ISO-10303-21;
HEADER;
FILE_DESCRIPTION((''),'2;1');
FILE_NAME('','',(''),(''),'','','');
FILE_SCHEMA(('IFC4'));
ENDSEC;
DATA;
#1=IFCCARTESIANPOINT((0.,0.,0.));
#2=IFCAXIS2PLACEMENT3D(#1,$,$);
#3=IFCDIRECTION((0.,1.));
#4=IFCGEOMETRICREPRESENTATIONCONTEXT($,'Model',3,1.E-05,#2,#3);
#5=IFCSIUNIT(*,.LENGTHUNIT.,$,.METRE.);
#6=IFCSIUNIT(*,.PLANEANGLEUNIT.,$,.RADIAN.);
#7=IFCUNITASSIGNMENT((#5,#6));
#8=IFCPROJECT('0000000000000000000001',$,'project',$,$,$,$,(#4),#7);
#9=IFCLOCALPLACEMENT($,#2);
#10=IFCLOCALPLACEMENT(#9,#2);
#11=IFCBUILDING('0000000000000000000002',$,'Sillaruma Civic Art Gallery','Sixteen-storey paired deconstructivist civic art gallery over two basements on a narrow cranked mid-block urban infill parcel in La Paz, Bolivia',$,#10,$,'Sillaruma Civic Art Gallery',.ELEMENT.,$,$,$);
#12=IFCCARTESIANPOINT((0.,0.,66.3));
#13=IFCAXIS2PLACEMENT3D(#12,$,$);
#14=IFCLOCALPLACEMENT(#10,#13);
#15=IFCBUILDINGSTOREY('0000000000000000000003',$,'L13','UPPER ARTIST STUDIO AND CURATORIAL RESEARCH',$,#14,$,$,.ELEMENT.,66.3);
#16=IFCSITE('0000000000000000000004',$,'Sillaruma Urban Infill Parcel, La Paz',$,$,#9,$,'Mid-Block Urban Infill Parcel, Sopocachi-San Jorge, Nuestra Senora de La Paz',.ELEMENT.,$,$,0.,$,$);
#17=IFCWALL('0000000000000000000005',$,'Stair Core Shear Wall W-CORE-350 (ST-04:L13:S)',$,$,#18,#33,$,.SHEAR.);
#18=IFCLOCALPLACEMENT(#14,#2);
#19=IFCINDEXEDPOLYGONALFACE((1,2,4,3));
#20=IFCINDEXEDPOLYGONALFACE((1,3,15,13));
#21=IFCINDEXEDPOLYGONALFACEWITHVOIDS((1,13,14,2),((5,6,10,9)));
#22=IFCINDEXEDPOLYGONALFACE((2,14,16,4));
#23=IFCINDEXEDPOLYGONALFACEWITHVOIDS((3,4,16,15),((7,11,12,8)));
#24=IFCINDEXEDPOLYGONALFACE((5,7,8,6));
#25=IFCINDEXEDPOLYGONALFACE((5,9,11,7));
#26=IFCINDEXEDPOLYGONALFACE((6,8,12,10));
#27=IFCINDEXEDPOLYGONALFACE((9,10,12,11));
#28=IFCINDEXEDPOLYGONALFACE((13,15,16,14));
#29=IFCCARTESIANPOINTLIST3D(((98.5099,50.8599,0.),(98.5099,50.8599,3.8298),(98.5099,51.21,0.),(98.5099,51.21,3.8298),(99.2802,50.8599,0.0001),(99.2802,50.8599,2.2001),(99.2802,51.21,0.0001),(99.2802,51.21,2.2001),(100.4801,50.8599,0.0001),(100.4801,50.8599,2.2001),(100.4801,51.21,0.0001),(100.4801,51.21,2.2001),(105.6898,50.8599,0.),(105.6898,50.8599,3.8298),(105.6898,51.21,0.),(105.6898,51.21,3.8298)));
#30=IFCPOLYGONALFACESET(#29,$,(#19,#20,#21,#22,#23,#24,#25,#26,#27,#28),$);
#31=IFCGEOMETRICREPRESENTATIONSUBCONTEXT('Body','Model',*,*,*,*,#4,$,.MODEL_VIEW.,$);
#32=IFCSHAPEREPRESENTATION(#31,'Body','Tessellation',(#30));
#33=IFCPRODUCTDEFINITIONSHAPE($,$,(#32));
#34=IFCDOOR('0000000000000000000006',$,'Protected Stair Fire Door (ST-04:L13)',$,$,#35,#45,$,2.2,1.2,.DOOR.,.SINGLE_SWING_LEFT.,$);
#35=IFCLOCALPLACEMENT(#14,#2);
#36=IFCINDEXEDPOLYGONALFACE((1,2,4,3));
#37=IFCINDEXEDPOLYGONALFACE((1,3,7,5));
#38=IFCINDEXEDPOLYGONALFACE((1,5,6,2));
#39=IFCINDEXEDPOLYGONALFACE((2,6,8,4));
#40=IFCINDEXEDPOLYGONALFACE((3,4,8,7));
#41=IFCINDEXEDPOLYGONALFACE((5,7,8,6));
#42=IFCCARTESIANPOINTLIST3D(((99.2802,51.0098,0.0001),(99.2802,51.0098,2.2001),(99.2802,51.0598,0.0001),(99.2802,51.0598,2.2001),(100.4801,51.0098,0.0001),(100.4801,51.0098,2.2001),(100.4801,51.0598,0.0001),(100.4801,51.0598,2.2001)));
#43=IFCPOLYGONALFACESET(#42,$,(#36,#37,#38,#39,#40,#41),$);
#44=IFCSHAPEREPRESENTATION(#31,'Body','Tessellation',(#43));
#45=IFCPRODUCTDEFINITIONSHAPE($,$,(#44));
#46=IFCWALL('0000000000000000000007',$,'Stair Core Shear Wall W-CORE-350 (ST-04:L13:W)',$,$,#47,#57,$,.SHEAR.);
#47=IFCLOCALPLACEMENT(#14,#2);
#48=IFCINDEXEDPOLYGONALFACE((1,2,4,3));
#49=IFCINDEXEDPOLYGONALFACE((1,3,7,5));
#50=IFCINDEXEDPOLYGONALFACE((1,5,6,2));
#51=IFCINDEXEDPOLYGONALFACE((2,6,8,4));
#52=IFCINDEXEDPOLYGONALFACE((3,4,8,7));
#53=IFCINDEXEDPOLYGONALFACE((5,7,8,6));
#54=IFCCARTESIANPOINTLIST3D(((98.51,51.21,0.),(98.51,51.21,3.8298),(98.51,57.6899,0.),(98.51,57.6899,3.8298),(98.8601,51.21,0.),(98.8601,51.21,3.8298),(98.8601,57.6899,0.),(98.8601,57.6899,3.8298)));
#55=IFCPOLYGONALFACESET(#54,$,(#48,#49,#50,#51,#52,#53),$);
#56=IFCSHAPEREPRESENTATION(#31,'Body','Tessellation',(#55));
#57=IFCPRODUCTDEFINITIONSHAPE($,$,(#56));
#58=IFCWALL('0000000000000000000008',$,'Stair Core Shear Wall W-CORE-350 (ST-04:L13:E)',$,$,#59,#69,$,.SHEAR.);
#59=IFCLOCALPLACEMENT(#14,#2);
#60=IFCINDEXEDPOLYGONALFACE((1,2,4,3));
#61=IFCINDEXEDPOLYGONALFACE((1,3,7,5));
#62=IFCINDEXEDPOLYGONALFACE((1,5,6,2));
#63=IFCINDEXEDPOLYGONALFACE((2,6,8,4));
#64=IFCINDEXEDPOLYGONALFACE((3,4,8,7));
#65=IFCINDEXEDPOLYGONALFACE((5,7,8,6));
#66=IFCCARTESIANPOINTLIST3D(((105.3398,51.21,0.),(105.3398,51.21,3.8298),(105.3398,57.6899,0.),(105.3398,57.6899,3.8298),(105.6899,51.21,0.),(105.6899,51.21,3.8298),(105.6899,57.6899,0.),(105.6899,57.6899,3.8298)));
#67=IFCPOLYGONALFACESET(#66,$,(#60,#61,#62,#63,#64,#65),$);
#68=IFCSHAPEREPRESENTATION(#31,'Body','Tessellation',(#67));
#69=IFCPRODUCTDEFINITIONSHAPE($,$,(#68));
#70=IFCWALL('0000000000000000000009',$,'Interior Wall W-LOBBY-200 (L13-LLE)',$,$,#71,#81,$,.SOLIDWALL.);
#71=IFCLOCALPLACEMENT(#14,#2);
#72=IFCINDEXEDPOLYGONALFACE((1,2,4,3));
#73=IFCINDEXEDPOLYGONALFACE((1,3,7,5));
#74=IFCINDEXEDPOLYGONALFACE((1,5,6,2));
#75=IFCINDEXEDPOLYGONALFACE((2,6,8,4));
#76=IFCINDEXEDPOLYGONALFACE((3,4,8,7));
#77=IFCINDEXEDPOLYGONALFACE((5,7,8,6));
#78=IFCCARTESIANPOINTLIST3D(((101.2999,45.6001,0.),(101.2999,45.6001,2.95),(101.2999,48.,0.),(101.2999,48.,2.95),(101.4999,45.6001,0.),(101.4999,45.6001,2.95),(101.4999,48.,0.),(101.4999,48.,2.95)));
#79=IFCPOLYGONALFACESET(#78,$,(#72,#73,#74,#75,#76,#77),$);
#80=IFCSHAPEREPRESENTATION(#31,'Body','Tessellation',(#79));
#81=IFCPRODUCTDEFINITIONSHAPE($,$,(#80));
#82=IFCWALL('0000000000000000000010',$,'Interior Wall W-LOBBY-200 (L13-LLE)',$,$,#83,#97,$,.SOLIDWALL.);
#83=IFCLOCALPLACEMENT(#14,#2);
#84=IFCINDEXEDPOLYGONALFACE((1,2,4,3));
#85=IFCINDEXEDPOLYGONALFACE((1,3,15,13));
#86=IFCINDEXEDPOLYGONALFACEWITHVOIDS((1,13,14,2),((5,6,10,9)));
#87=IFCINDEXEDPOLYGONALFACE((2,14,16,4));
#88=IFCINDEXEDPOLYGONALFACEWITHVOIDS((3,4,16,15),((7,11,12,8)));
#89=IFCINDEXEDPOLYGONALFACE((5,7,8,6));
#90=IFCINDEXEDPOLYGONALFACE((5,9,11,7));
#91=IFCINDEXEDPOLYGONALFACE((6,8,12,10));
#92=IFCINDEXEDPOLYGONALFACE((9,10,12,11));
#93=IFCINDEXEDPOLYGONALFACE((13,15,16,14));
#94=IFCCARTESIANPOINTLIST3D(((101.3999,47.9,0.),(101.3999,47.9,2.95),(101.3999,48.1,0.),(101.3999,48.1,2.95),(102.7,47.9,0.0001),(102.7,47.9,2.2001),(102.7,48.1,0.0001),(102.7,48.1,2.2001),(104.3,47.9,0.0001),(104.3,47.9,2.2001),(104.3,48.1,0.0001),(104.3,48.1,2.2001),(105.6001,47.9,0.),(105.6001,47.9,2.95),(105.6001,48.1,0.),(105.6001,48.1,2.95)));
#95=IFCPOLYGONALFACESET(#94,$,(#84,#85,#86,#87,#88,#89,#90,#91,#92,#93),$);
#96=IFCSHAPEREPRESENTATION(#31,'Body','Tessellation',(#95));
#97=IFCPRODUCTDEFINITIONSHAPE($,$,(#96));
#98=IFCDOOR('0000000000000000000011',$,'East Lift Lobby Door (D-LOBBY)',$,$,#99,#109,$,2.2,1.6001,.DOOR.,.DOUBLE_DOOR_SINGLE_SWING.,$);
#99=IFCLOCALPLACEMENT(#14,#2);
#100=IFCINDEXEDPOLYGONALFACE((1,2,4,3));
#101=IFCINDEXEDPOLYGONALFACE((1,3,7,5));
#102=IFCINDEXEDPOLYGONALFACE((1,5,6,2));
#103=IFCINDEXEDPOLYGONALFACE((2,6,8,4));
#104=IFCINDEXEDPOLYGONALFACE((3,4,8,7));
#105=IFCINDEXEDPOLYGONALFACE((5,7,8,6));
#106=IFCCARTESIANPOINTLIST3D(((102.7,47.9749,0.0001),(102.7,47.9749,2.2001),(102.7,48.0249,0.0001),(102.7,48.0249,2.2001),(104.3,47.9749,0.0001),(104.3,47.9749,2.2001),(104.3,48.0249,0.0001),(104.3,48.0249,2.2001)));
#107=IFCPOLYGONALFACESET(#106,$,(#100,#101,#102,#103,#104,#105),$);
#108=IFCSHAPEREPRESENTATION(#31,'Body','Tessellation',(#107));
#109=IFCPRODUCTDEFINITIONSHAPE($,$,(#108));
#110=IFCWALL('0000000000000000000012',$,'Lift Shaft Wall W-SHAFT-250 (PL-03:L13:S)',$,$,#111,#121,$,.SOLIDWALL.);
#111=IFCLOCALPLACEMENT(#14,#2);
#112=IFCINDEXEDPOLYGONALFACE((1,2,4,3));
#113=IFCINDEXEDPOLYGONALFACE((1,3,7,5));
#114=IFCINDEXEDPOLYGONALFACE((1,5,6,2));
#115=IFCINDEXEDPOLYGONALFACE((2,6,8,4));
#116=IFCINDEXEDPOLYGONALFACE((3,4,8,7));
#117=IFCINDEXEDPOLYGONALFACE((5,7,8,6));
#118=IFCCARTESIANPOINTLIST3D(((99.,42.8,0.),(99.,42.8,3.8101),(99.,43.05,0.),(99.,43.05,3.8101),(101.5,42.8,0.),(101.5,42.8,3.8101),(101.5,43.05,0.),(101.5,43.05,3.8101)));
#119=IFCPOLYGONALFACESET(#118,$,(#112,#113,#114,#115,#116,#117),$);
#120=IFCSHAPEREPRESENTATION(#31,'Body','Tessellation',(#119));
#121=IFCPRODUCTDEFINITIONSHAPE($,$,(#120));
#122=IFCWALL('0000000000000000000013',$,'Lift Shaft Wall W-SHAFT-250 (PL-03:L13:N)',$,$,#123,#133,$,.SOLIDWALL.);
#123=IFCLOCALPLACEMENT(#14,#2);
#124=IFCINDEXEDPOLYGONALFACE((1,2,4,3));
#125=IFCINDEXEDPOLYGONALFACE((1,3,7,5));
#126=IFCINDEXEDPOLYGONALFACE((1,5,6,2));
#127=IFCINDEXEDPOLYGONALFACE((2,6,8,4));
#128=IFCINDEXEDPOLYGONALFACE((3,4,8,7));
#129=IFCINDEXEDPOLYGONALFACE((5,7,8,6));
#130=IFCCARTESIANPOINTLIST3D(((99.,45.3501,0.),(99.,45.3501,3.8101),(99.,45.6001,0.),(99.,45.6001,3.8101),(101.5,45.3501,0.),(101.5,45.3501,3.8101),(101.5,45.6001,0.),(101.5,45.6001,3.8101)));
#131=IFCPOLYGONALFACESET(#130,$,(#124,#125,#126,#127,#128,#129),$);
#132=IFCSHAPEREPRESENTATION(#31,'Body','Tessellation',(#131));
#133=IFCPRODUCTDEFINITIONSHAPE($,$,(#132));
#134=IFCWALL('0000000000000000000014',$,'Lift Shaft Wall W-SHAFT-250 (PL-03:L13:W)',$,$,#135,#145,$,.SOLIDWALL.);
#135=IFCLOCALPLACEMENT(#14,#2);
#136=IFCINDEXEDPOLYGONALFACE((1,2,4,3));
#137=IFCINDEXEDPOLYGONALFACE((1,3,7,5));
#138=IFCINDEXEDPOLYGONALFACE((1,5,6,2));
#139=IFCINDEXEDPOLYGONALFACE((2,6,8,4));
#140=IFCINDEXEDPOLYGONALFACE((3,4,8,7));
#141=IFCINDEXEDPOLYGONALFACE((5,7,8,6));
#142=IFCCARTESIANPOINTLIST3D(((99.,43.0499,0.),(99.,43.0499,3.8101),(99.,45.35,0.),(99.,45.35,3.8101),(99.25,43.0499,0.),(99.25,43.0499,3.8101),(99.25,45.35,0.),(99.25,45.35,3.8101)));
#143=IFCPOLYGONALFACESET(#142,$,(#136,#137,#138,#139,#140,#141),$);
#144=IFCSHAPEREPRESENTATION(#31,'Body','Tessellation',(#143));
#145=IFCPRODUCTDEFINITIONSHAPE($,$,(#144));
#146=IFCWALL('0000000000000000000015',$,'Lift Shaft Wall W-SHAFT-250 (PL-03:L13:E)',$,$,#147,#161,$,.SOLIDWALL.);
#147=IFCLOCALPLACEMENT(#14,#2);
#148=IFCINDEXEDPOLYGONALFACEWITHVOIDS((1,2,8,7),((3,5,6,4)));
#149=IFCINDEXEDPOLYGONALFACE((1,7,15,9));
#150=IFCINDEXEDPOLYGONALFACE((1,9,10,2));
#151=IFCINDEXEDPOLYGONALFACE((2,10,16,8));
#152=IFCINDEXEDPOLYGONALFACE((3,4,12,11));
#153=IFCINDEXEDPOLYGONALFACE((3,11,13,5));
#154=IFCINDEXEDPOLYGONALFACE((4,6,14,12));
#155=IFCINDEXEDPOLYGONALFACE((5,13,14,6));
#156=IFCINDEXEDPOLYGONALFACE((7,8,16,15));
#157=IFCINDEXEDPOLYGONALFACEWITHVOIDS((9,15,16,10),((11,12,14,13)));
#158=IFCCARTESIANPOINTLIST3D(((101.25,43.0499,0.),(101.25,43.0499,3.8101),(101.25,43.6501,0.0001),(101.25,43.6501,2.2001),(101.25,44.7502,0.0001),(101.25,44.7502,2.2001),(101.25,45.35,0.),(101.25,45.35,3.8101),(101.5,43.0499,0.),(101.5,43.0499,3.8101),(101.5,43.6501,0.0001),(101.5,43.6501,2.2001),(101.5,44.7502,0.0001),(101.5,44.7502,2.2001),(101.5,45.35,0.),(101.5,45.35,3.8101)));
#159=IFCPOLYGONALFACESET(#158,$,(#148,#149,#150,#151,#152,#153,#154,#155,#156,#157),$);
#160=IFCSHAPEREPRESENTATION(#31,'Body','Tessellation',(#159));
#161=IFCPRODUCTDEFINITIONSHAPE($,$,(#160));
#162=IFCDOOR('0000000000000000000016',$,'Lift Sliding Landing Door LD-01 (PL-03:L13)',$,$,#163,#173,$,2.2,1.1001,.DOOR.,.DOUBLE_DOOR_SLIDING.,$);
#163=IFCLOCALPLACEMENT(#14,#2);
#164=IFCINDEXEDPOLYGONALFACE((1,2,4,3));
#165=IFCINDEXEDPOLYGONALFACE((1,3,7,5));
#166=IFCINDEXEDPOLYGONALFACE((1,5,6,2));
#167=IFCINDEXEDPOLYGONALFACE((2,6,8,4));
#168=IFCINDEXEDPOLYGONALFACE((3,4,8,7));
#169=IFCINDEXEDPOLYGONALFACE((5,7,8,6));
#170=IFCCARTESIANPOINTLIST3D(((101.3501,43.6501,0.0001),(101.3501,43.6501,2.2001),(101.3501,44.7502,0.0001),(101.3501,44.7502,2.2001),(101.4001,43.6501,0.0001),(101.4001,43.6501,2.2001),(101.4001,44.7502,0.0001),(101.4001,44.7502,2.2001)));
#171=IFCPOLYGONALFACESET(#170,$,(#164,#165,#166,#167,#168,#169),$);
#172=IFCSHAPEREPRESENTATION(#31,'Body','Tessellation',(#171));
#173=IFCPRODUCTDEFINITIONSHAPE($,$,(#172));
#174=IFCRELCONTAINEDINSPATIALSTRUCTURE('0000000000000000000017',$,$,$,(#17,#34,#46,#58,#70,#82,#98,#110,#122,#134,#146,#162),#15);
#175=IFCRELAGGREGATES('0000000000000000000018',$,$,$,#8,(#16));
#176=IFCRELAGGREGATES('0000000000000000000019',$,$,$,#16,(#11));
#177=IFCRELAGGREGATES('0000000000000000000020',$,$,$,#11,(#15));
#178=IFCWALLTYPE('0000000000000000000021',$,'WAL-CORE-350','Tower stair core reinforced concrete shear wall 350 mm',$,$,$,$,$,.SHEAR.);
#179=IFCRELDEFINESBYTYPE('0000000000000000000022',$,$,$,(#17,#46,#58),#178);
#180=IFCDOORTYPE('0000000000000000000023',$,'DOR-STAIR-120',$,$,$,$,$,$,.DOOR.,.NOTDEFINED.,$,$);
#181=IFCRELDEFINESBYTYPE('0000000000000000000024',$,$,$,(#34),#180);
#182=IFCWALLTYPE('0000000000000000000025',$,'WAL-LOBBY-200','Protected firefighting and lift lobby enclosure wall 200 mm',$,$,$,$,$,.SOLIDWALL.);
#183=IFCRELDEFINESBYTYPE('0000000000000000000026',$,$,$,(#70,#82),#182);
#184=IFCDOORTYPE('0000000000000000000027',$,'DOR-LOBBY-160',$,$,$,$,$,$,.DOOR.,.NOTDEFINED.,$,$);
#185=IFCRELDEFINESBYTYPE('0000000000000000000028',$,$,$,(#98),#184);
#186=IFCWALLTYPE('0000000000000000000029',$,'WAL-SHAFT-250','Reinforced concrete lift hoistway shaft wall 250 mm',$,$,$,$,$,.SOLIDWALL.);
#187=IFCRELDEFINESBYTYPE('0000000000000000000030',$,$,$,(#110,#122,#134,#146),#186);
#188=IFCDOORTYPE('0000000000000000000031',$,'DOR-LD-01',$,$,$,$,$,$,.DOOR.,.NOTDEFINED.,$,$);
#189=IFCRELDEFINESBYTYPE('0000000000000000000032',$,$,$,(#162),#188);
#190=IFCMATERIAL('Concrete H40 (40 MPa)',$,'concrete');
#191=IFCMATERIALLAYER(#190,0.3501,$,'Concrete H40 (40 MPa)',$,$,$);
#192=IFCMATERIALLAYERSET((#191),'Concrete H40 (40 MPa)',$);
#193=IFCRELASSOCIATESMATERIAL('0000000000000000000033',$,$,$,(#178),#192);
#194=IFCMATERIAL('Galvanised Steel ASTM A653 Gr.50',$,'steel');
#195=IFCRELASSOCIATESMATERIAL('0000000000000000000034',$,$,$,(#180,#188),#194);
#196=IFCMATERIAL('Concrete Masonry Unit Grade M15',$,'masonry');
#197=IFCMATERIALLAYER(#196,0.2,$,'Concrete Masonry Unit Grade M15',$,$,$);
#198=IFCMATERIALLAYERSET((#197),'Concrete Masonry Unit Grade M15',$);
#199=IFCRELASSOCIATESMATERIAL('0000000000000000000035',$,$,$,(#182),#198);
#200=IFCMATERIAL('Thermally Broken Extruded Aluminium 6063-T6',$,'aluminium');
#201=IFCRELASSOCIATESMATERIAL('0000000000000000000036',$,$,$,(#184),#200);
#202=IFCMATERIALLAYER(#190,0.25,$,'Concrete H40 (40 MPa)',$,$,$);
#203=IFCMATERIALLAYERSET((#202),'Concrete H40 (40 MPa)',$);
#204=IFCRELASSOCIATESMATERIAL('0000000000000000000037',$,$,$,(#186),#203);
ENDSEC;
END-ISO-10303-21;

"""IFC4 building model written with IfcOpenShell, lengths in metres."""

from ifc_helpers import new_model, si_unit, direction, frame, frame_2d, origin, place, context, subcontext, project, spatial, rectangle, extrude, material, layer, layer_set, type_object, element, fill, save


model = new_model("IFC4")

# Units and contexts
model_context = context("Model", 3, precision=1e-05, world=origin(), true_north=direction((0.0, 1.0)))
body_context = subcontext(model_context, "Body", "Model", "MODEL_VIEW")
ifc_project = project(units=[si_unit("LENGTHUNIT", "METRE"), si_unit("PLANEANGLEUNIT", "RADIAN")], contexts=[model_context])

# Site, building, storey
site_placement = place(None, origin())
site = spatial("IfcSite", under=ifc_project, at=site_placement, Name="Sillaruma Urban Infill Parcel, La Paz", LongName="Mid-Block Urban Infill Parcel, Sopocachi-San Jorge, Nuestra Senora de La Paz", CompositionType="ELEMENT", RefElevation=0.0)
building_placement = place(site_placement, origin())
building = spatial("IfcBuilding", under=site, at=building_placement, Name="Sillaruma Civic Art Gallery", Description="Sixteen-storey paired deconstructivist civic art gallery over two basements on a narrow cranked mid-block urban infill parcel in La Paz, Bolivia", LongName="Sillaruma Civic Art Gallery", CompositionType="ELEMENT")
storey_placement = place(building_placement, frame((0.0, 0.0, 66.3)))
storey = spatial("IfcBuildingStorey", under=building, at=storey_placement, Name="L13", Description="UPPER ARTIST STUDIO AND CURATORIAL RESEARCH", CompositionType="ELEMENT", Elevation=66.3)

# Shared definitions
ifc_material_1 = material(Name="Concrete H40 (40 MPa)", Category="concrete")

# Shared definitions
ifc_material_2 = material(Name="Thermally Broken Extruded Aluminium 6063-T6", Category="aluminium")

# Wall, opening, door
ifc_layer_1 = layer(ifc_material_1, 0.3501, Name="Concrete H40 (40 MPa)")
ifc_layer_set_1 = layer_set([ifc_layer_1], Name="Concrete H40 (40 MPa)")
wall_type_1 = type_object("IfcWallType", Name="WAL-CORE-350", Description="Tower stair core reinforced concrete shear wall 350 mm", PredefinedType="SHEAR", material=ifc_layer_set_1)
wall_1_placement = place(storey_placement, frame((98.51, 51.0349, 0.0), z_axis=(0.0, 0.0, 1.0), x_axis=(1.0, 0.0, 0.0)))
wall_1 = element("IfcWall", 1, at=wall_1_placement, inside=storey, type_object=wall_type_1, Name="Stair Core Shear Wall W-CORE-350 (ST-04:L13:S)", PredefinedType="SHEAR", context=body_context, shape_type="SweptSolid", body=[
    extrude(rectangle(XDim=7.1799, YDim=0.3501, at=frame_2d((3.5898, 0.0))), origin(), (0.0, 0.0, 1.0), 3.8298),
])
opening_1_placement = place(wall_1_placement, frame((0.77, 0.0, 0.0)))
opening_1 = element("IfcOpeningElement", 2, at=opening_1_placement, cuts=wall_1, PredefinedType="OPENING", context=body_context, shape_type="SweptSolid", body=[
    extrude(rectangle(XDim=1.2, YDim=2.2, at=frame_2d((0.6001, 1.1001))), frame((0.0, 0.1851, 0.0), z_axis=(0.0, -1.0, 0.0), x_axis=(1.0, 0.0, 0.0)), (0.0, 0.0, 1.0), 0.3701),
])
ifc_material_3 = material(Name="Galvanised Steel ASTM A653 Gr.50", Category="steel")
door_type_1 = type_object("IfcDoorType", Name="DOR-STAIR-120", OperationType="NOTDEFINED", PredefinedType="DOOR", material=ifc_material_3)
door_1_placement = place(opening_1_placement, origin())
door_1 = element("IfcDoor", 3, at=door_1_placement, inside=storey, type_object=door_type_1, Name="Protected Stair Fire Door (ST-04:L13)", OperationType="SINGLE_SWING_LEFT", OverallHeight=2.2, OverallWidth=1.2, PredefinedType="DOOR", context=body_context, shape_type="SweptSolid", body=[
    extrude(rectangle(XDim=1.2, YDim=2.2, at=frame_2d((0.6001, 1.1001))), frame((0.0, 0.0249, 0.0), z_axis=(0.0, -1.0, 0.0), x_axis=(1.0, 0.0, 0.0)), (0.0, 0.0, 1.0), 0.05),
])
fill(opening_1, door_1)

# Walls
for number, where, z_axis, x_axis, name in (
    (4, (98.6851, 51.21, 0.0), (0.0, 0.0, 1.0), (0.0, 1.0, 0.0), "Stair Core Shear Wall W-CORE-350 (ST-04:L13:W)"),
    (5, (105.5149, 51.21, 0.0), (0.0, 0.0, 1.0), (0.0, 1.0, 0.0), "Stair Core Shear Wall W-CORE-350 (ST-04:L13:E)"),
):
    element("IfcWall", number, at=place(storey_placement, frame(where, z_axis=z_axis, x_axis=x_axis)), inside=storey, type_object=wall_type_1, Name=name, PredefinedType="SHEAR", context=body_context, shape_type="SweptSolid", body=[
        extrude(rectangle(XDim=6.48, YDim=0.3501, at=frame_2d((3.24, 0.0))), origin(), (0.0, 0.0, 1.0), 3.8298),
    ])
ifc_material_4 = material(Name="Concrete Masonry Unit Grade M15", Category="masonry")
ifc_layer_2 = layer(ifc_material_4, 0.2, Name="Concrete Masonry Unit Grade M15")
ifc_layer_set_2 = layer_set([ifc_layer_2], Name="Concrete Masonry Unit Grade M15")
wall_type_2 = type_object("IfcWallType", Name="WAL-LOBBY-200", Description="Protected firefighting and lift lobby enclosure wall 200 mm", PredefinedType="SOLIDWALL", material=ifc_layer_set_2)
wall_2_placement = place(storey_placement, frame((101.3999, 45.6001, 0.0), z_axis=(0.0, 0.0, 1.0), x_axis=(0.0, 1.0, 0.0)))
element("IfcWall", 6, at=wall_2_placement, inside=storey, type_object=wall_type_2, Name="Interior Wall W-LOBBY-200 (L13-LLE)", PredefinedType="SOLIDWALL", context=body_context, shape_type="SweptSolid", body=[
    extrude(rectangle(XDim=2.3999, YDim=0.2, at=frame_2d((1.2, 0.0))), origin(), (0.0, 0.0, 1.0), 2.95),
])

# Wall, opening, door
wall_3_placement = place(storey_placement, frame((101.3999, 48.0, 0.0), z_axis=(0.0, 0.0, 1.0), x_axis=(1.0, 0.0, 0.0)))
wall_3 = element("IfcWall", 7, at=wall_3_placement, inside=storey, type_object=wall_type_2, Name="Interior Wall W-LOBBY-200 (L13-LLE)", PredefinedType="SOLIDWALL", context=body_context, shape_type="SweptSolid", body=[
    extrude(rectangle(XDim=4.2002, YDim=0.2, at=frame_2d((2.1001, 0.0))), origin(), (0.0, 0.0, 1.0), 2.95),
])
opening_2_placement = place(wall_3_placement, frame((1.3, 0.0, 0.0)))
opening_2 = element("IfcOpeningElement", 8, at=opening_2_placement, cuts=wall_3, PredefinedType="OPENING", context=body_context, shape_type="SweptSolid", body=[
    extrude(rectangle(XDim=1.6001, YDim=2.2, at=frame_2d((0.8, 1.1001))), frame((0.0, 0.1099, 0.0), z_axis=(0.0, -1.0, 0.0), x_axis=(1.0, 0.0, 0.0)), (0.0, 0.0, 1.0), 0.22),
])
door_type_2 = type_object("IfcDoorType", Name="DOR-LOBBY-160", OperationType="NOTDEFINED", PredefinedType="DOOR", material=ifc_material_2)
door_2_placement = place(opening_2_placement, origin())
door_2 = element("IfcDoor", 9, at=door_2_placement, inside=storey, type_object=door_type_2, Name="East Lift Lobby Door (D-LOBBY)", OperationType="DOUBLE_DOOR_SINGLE_SWING", OverallHeight=2.2, OverallWidth=1.6001, PredefinedType="DOOR", context=body_context, shape_type="SweptSolid", body=[
    extrude(rectangle(XDim=1.6001, YDim=2.2, at=frame_2d((0.8, 1.1001))), frame((0.0, 0.0249, 0.0), z_axis=(0.0, -1.0, 0.0), x_axis=(1.0, 0.0, 0.0)), (0.0, 0.0, 1.0), 0.05),
])
fill(opening_2, door_2)

# Walls
ifc_layer_3 = layer(ifc_material_1, 0.25, Name="Concrete H40 (40 MPa)")
ifc_layer_set_3 = layer_set([ifc_layer_3], Name="Concrete H40 (40 MPa)")
wall_type_3 = type_object("IfcWallType", Name="WAL-SHAFT-250", Description="Reinforced concrete lift hoistway shaft wall 250 mm", PredefinedType="SOLIDWALL", material=ifc_layer_set_3)
for number, where, z_axis, x_axis, name in (
    (10, (99.0, 42.925, 0.0), (0.0, 0.0, 1.0), (1.0, 0.0, 0.0), "Lift Shaft Wall W-SHAFT-250 (PL-03:L13:S)"),
    (11, (99.0, 45.4751, 0.0), (0.0, 0.0, 1.0), (1.0, 0.0, 0.0), "Lift Shaft Wall W-SHAFT-250 (PL-03:L13:N)"),
):
    element("IfcWall", number, at=place(storey_placement, frame(where, z_axis=z_axis, x_axis=x_axis)), inside=storey, type_object=wall_type_3, Name=name, PredefinedType="SOLIDWALL", context=body_context, shape_type="SweptSolid", body=[
        extrude(rectangle(XDim=2.5, YDim=0.25, at=frame_2d((1.25, 0.0))), origin(), (0.0, 0.0, 1.0), 3.8101),
    ])
wall_4_placement = place(storey_placement, frame((99.125, 43.05, 0.0), z_axis=(0.0, 0.0, 1.0), x_axis=(0.0, 1.0, 0.0)))
element("IfcWall", 12, at=wall_4_placement, inside=storey, type_object=wall_type_3, Name="Lift Shaft Wall W-SHAFT-250 (PL-03:L13:W)", PredefinedType="SOLIDWALL", context=body_context, shape_type="SweptSolid", body=[
    extrude(rectangle(XDim=2.3, YDim=0.25, at=frame_2d((1.1499, 0.0))), origin(), (0.0, 0.0, 1.0), 3.8101),
])

# Wall, opening, door
wall_5_placement = place(storey_placement, frame((101.375, 43.05, 0.0), z_axis=(0.0, 0.0, 1.0), x_axis=(0.0, 1.0, 0.0)))
wall_5 = element("IfcWall", 13, at=wall_5_placement, inside=storey, type_object=wall_type_3, Name="Lift Shaft Wall W-SHAFT-250 (PL-03:L13:E)", PredefinedType="SOLIDWALL", context=body_context, shape_type="SweptSolid", body=[
    extrude(rectangle(XDim=2.3, YDim=0.25, at=frame_2d((1.1499, 0.0))), origin(), (0.0, 0.0, 1.0), 3.8101),
])
opening_3_placement = place(wall_5_placement, frame((0.6001, 0.0, 0.0)))
opening_3 = element("IfcOpeningElement", 14, at=opening_3_placement, cuts=wall_5, PredefinedType="OPENING", context=body_context, shape_type="SweptSolid", body=[
    extrude(rectangle(XDim=1.1001, YDim=2.2, at=frame_2d((0.55, 1.1001))), frame((0.0, 0.135, 0.0), z_axis=(0.0, -1.0, 0.0), x_axis=(1.0, 0.0, 0.0)), (0.0, 0.0, 1.0), 0.27),
])
door_type_3 = type_object("IfcDoorType", Name="DOR-LD-01", OperationType="NOTDEFINED", PredefinedType="DOOR", material=ifc_material_3)
door_3_placement = place(opening_3_placement, origin())
door_3 = element("IfcDoor", 15, at=door_3_placement, inside=storey, type_object=door_type_3, Name="Lift Sliding Landing Door LD-01 (PL-03:L13)", OperationType="DOUBLE_DOOR_SLIDING", OverallHeight=2.2, OverallWidth=1.1001, PredefinedType="DOOR", context=body_context, shape_type="SweptSolid", body=[
    extrude(rectangle(XDim=1.1001, YDim=2.2, at=frame_2d((0.55, 1.1001))), frame((0.0, 0.0249, 0.0), z_axis=(0.0, -1.0, 0.0), x_axis=(1.0, 0.0, 0.0)), (0.0, 0.0, 1.0), 0.05),
])
fill(opening_3, door_3)

save(model, "model.ifc")
